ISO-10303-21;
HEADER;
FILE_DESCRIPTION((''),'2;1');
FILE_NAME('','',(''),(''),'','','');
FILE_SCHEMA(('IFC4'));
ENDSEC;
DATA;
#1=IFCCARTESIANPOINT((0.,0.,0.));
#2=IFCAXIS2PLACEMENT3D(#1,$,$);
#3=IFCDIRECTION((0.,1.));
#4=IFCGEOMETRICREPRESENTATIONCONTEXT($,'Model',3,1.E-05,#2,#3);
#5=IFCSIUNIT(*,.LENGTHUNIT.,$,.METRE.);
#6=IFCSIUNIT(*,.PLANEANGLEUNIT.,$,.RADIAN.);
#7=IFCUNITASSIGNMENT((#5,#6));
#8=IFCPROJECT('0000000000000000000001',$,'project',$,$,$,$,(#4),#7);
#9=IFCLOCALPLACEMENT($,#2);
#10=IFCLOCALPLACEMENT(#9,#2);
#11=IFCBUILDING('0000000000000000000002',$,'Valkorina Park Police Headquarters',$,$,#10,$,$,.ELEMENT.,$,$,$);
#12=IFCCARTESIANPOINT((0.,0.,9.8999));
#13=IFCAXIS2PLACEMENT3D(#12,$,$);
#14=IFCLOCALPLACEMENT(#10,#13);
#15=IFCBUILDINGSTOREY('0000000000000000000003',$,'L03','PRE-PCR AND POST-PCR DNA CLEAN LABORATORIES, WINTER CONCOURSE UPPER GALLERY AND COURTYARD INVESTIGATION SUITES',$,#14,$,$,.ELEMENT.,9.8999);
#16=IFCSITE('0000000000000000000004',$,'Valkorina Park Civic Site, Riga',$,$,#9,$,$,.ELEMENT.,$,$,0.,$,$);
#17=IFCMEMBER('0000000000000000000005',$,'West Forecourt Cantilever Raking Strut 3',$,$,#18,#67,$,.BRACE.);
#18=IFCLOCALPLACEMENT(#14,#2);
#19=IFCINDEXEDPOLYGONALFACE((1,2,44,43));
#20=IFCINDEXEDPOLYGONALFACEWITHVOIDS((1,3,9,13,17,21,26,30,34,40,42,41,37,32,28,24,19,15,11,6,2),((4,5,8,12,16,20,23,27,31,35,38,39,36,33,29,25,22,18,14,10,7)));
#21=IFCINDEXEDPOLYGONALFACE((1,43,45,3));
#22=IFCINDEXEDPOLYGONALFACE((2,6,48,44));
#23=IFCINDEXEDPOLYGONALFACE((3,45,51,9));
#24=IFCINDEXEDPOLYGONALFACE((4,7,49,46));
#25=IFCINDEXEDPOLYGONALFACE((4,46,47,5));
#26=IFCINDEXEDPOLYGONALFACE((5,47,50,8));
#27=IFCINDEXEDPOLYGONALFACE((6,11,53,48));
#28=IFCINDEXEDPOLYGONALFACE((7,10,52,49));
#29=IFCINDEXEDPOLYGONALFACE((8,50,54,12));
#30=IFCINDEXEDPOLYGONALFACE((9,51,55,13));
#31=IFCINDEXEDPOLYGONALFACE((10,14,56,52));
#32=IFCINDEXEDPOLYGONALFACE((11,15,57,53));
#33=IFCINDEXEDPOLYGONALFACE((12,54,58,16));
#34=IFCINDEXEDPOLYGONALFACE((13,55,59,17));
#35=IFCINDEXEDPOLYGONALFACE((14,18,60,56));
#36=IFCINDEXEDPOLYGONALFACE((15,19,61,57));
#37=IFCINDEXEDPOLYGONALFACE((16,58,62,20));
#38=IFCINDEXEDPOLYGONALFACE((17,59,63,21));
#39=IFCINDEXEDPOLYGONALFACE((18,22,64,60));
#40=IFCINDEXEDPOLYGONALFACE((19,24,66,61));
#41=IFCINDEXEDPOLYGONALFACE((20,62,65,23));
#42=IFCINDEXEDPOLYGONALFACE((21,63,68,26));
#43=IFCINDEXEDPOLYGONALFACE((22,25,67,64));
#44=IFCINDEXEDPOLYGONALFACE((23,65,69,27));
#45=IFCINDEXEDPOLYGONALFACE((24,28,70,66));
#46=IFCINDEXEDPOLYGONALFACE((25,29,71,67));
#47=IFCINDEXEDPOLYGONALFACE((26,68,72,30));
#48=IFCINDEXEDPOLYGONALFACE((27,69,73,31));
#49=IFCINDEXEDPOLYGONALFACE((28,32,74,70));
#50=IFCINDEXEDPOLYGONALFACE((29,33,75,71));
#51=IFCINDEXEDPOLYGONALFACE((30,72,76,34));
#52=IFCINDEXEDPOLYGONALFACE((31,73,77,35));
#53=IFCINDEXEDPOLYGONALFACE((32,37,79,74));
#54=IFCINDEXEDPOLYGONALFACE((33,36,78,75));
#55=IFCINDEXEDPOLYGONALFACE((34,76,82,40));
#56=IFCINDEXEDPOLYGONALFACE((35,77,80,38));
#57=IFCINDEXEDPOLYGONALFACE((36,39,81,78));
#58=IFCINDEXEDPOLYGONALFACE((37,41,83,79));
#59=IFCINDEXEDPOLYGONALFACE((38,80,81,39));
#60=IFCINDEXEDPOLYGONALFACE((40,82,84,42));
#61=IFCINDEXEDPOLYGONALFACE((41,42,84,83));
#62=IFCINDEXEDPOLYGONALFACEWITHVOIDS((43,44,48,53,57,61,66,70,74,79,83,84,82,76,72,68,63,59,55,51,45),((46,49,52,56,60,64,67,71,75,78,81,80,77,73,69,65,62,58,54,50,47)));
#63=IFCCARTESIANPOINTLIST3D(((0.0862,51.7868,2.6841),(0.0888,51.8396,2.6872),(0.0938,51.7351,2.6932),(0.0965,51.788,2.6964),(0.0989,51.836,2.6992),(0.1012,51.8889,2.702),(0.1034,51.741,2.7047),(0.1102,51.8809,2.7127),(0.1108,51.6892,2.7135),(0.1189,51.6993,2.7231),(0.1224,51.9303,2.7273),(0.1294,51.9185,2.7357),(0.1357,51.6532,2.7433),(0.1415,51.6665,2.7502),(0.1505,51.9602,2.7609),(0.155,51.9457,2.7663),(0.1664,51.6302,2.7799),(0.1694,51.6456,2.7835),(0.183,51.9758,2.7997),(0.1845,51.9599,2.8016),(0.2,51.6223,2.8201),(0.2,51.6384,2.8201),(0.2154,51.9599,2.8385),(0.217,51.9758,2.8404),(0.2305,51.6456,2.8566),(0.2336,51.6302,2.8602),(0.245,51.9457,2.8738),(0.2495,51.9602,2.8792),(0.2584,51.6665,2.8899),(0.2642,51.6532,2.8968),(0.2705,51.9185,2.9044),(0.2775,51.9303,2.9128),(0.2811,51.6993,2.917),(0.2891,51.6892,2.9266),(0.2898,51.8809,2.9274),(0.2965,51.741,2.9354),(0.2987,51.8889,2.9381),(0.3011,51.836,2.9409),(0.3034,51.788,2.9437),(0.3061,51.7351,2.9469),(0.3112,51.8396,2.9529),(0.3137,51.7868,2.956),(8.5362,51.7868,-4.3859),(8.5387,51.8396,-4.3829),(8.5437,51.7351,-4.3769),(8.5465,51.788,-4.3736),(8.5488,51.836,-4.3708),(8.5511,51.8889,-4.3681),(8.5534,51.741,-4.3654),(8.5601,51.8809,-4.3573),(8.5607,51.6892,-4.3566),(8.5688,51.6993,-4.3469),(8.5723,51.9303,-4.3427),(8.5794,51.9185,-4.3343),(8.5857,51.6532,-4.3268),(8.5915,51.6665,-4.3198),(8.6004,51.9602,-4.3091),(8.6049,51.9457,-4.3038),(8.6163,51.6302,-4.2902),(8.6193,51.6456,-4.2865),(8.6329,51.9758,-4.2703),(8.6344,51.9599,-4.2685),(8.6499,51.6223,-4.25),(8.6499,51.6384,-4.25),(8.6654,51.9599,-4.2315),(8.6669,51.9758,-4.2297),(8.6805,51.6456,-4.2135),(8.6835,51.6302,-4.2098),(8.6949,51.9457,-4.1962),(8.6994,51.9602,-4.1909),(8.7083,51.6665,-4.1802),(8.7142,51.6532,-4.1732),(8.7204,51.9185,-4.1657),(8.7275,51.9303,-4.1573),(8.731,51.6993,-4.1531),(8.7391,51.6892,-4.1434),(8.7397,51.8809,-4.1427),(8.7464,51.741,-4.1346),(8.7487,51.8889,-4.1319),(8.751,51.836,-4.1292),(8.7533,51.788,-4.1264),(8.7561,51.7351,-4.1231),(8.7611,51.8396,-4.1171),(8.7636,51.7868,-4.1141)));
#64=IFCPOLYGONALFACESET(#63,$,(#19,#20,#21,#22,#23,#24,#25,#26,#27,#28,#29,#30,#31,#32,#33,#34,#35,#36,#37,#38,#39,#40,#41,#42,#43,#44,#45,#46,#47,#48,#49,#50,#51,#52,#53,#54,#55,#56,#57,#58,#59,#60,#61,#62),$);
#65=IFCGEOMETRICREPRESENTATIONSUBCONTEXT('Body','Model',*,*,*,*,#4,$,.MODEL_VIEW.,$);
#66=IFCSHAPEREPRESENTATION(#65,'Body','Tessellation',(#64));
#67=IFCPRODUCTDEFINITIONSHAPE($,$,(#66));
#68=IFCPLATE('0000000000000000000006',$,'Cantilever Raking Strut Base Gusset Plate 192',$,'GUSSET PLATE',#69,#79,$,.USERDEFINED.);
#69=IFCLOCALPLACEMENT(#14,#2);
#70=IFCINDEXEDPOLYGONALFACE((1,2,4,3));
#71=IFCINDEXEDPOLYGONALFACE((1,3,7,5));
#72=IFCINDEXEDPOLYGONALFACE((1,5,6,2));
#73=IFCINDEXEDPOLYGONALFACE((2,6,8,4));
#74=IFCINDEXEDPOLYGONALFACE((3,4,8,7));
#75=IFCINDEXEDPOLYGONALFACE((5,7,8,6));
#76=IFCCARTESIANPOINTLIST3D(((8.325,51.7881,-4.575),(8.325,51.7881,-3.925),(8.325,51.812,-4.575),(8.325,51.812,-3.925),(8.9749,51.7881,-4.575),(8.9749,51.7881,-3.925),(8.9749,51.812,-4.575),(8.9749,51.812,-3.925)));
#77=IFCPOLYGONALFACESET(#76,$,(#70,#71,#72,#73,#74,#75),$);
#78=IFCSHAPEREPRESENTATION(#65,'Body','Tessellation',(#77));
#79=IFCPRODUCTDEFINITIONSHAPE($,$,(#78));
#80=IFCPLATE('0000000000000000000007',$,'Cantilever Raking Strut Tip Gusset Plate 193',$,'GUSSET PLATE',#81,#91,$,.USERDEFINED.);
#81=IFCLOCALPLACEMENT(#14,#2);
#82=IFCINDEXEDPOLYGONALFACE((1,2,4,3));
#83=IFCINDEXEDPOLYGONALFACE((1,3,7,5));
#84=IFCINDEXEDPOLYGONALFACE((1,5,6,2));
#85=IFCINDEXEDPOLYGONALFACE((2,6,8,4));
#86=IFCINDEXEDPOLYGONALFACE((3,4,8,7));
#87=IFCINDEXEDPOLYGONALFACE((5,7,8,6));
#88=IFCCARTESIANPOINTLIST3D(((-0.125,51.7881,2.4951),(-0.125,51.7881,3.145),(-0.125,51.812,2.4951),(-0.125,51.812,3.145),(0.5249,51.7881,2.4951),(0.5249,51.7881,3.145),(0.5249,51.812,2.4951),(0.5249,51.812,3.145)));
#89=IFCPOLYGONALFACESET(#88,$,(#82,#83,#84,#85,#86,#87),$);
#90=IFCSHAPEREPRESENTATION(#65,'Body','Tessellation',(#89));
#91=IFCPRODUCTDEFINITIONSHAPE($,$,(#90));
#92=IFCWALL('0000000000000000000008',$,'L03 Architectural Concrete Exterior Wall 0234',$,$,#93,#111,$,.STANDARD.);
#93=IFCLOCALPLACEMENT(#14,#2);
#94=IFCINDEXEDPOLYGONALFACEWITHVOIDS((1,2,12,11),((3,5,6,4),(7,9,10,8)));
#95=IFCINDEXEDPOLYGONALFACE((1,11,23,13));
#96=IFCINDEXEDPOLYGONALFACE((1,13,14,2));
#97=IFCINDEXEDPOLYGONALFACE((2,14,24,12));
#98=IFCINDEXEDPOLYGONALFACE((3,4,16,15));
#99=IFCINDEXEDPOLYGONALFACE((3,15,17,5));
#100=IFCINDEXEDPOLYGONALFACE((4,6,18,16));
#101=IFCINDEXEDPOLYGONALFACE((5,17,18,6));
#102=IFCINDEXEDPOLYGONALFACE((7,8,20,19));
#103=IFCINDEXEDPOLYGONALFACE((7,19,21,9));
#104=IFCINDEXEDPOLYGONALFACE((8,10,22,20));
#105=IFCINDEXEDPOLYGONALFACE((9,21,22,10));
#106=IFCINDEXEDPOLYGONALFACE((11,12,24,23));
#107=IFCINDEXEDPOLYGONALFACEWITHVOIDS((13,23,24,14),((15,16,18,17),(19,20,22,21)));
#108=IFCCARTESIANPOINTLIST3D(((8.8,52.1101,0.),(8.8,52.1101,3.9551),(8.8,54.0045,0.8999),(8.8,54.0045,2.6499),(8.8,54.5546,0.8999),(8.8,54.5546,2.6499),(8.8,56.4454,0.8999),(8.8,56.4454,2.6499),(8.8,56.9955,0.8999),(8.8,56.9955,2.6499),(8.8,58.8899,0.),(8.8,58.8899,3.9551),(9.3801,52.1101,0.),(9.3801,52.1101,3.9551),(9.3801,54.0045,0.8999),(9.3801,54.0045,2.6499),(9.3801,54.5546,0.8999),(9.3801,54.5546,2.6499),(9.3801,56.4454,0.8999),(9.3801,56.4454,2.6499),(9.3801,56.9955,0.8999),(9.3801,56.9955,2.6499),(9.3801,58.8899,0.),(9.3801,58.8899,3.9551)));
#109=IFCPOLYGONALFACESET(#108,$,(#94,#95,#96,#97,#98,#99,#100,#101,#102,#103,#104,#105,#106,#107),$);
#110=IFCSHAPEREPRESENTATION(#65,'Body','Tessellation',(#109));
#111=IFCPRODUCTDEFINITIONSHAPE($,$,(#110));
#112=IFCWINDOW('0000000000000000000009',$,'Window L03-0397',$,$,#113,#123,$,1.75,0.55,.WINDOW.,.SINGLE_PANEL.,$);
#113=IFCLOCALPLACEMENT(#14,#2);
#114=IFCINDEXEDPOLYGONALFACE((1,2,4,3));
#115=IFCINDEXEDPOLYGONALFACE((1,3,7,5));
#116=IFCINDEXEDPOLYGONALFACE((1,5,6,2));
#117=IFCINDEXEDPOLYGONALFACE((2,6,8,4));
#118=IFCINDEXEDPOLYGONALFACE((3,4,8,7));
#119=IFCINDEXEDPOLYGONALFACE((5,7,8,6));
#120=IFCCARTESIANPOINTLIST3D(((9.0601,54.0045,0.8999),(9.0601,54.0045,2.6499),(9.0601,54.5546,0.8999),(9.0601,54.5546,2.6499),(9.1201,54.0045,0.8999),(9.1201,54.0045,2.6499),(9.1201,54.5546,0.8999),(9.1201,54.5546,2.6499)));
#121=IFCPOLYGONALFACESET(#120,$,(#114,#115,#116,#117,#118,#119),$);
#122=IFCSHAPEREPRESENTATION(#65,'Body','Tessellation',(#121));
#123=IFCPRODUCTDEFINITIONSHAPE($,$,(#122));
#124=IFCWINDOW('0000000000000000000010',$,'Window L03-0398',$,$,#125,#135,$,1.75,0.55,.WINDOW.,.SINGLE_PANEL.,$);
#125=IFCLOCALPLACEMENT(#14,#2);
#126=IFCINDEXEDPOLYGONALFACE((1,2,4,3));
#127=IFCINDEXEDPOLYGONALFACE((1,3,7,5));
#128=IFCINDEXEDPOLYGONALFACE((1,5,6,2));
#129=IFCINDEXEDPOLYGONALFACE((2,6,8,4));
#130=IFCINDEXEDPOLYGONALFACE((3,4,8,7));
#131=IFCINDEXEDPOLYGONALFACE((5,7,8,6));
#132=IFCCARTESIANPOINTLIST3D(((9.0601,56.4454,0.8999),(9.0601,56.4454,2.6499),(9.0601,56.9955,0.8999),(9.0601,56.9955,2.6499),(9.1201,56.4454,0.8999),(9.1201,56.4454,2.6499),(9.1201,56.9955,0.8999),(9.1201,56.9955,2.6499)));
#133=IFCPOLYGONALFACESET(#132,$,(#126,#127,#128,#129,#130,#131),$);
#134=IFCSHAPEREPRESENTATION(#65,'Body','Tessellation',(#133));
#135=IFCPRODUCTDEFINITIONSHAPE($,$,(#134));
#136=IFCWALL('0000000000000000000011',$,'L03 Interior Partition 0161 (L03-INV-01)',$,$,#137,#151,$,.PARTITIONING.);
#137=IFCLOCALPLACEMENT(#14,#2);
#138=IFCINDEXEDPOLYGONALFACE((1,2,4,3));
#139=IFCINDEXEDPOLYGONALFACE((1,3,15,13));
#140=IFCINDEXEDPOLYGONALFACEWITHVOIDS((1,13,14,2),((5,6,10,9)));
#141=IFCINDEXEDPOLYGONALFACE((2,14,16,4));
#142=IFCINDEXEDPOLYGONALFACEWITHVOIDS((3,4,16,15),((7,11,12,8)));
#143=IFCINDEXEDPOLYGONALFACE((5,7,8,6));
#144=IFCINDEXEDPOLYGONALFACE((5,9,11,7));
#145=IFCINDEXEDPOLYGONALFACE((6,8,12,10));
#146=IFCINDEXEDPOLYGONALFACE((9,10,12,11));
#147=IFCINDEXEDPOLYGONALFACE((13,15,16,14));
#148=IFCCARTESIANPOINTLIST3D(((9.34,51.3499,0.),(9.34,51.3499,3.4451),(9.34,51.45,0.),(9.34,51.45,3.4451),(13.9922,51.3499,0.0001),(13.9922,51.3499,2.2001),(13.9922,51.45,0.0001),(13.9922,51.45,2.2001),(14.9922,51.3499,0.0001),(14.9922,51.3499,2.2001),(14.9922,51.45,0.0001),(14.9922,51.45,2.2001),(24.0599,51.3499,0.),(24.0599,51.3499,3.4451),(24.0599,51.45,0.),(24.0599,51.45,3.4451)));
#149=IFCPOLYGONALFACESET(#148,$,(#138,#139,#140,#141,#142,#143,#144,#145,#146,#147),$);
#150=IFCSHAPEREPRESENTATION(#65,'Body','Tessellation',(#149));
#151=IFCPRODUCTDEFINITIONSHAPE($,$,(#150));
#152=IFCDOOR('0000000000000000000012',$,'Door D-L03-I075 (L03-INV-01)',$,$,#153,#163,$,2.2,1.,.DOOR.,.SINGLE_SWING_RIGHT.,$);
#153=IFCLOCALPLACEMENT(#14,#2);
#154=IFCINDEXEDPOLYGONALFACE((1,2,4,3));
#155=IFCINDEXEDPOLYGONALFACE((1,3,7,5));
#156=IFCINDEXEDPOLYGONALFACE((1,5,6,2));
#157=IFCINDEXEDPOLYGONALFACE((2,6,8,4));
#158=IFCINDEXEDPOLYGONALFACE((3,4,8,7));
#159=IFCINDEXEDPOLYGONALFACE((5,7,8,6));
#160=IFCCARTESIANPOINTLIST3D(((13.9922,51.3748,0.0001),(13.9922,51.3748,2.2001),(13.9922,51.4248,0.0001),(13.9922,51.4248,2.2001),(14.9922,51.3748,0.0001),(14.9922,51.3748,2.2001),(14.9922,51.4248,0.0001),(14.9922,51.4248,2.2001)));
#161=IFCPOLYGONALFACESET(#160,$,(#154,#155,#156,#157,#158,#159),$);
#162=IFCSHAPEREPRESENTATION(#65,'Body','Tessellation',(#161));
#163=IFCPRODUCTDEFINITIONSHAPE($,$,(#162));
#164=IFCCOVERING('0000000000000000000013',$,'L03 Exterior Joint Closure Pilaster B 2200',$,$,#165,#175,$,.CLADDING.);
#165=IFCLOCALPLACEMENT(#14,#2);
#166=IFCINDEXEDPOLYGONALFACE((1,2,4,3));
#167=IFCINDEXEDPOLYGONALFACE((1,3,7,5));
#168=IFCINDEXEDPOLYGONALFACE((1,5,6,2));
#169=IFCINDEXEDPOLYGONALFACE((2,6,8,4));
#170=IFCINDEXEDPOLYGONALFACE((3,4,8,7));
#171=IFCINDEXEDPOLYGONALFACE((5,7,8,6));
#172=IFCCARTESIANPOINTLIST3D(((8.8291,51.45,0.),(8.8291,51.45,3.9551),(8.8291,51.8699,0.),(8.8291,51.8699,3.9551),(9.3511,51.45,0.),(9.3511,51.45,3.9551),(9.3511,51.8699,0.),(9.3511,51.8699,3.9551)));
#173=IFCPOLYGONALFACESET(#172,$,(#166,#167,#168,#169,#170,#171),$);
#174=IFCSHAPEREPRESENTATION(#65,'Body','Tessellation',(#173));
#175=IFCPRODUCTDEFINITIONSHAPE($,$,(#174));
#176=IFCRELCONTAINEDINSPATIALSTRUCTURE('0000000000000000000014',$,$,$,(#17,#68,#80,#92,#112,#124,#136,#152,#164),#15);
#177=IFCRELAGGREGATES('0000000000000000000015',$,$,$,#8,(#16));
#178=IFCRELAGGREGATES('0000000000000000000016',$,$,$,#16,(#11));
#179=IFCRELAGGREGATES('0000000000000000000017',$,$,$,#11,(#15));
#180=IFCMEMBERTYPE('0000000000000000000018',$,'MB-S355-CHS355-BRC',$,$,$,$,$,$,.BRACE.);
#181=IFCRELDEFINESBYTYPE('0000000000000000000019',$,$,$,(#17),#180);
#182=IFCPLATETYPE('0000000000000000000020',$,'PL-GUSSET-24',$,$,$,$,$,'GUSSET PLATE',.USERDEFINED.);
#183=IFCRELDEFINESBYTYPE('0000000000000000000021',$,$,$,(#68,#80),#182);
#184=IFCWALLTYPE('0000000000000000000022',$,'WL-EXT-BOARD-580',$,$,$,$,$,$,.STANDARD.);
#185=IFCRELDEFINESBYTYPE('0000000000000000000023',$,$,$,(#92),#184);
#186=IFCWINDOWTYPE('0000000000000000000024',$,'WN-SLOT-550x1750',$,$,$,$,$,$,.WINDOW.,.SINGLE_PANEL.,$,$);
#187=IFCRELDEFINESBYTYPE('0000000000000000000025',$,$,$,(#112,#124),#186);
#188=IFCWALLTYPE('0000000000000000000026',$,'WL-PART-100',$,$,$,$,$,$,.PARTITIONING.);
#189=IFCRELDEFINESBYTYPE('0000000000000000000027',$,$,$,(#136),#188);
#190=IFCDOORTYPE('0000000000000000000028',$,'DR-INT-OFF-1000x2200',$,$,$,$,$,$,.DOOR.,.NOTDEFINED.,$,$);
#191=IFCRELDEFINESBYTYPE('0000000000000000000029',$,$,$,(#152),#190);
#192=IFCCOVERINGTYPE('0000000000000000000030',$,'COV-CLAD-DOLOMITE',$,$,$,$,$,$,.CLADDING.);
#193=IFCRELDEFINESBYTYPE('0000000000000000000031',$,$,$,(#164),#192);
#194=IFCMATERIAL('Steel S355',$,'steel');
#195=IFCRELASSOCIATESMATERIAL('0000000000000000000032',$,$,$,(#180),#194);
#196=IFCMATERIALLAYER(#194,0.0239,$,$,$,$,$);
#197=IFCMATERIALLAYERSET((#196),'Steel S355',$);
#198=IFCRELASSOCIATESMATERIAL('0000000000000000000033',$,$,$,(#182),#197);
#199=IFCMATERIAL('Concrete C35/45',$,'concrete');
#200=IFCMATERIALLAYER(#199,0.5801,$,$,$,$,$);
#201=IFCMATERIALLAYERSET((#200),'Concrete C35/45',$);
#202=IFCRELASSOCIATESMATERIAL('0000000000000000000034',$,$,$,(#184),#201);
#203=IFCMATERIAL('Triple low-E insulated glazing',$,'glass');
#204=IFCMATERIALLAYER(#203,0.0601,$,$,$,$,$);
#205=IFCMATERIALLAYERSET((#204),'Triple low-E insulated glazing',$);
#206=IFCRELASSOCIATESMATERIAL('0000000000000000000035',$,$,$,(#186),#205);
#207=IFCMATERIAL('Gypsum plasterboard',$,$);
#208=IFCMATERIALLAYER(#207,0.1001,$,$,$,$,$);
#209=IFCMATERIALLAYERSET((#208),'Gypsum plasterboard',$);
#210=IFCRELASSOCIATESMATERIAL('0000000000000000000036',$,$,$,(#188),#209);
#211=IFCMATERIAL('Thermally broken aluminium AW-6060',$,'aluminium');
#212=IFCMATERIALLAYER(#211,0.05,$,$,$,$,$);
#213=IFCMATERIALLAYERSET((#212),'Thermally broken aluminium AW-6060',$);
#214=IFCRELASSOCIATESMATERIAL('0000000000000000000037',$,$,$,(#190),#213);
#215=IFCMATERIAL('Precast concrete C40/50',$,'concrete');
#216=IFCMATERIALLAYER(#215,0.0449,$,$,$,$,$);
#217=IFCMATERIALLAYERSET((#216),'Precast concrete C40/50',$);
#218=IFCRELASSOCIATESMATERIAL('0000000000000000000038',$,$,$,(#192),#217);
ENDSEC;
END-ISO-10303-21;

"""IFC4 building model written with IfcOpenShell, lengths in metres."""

from ifc_helpers import new_model, si_unit, direction, frame, frame_2d, origin, origin_2d, place, context, subcontext, project, spatial, rectangle, hollow_circle, extrude, material, layer, layer_set, material_profile, profile_set, type_object, element, fill, save


model = new_model("IFC4")

# Units and contexts
model_context = context("Model", 3, precision=1e-05, world=origin(), true_north=direction((0.0, 1.0)))
body_context = subcontext(model_context, "Body", "Model", "MODEL_VIEW")
ifc_project = project(units=[si_unit("LENGTHUNIT", "METRE"), si_unit("PLANEANGLEUNIT", "RADIAN")], contexts=[model_context])

# Site, building, storey
site_placement = place(None, origin())
site = spatial("IfcSite", under=ifc_project, at=site_placement, Name="Valkorina Park Civic Site, Riga", CompositionType="ELEMENT", RefElevation=0.0)
building_placement = place(site_placement, origin())
building = spatial("IfcBuilding", under=site, at=building_placement, Name="Valkorina Park Police Headquarters", CompositionType="ELEMENT")
storey_placement = place(building_placement, frame((0.0, 0.0, 9.8999)))
storey = spatial("IfcBuildingStorey", under=building, at=storey_placement, Name="L03", Description="PRE-PCR AND POST-PCR DNA CLEAN LABORATORIES, WINTER CONCOURSE UPPER GALLERY AND COURTYARD INVESTIGATION SUITES", CompositionType="ELEMENT", Elevation=9.8999)

# Shared definitions
ifc_material_1 = material(Name="Steel S355", Category="steel")

# Member
ifc_material_profile_1 = material_profile(ifc_material_1, hollow_circle(Radius=0.1777, WallThickness=0.0161, at=origin_2d()), Name="CHS 355.6x16")
ifc_profile_set_1 = profile_set([ifc_material_profile_1], Name="Steel S355")
member_type = type_object("IfcMemberType", Name="MB-S355-CHS355-BRC", PredefinedType="BRACE", material=ifc_profile_set_1)
member_placement = place(storey_placement, frame((8.6499, 51.8, -4.25), z_axis=(-0.76695, 0.0, 0.641707), x_axis=(0.0, -1.0, 0.0)))
element("IfcMember", 1, at=member_placement, inside=storey, type_object=member_type, Name="West Forecourt Cantilever Raking Strut 3", PredefinedType="BRACE", context=body_context, shape_type="SweptSolid", body=[
    extrude(hollow_circle(Radius=0.1777, WallThickness=0.0161, at=origin_2d()), origin(), (0.0, 0.0, 1.0), 11.0176),
])

# Plates
ifc_layer_1 = layer(ifc_material_1, 0.0239)
ifc_layer_set_1 = layer_set([ifc_layer_1], Name="Steel S355")
plate_type = type_object("IfcPlateType", Name="PL-GUSSET-24", ElementType="GUSSET PLATE", PredefinedType="USERDEFINED", material=ifc_layer_set_1)
for number, where, z_axis, x_axis, name in (
    (2, (8.6499, 51.8, -4.575), (0.0, 0.0, 1.0), (1.0, 0.0, 0.0), "Cantilever Raking Strut Base Gusset Plate 192"),
    (3, (0.2, 51.8, 2.4951), (0.0, 0.0, 1.0), (1.0, 0.0, 0.0), "Cantilever Raking Strut Tip Gusset Plate 193"),
):
    element("IfcPlate", number, at=place(storey_placement, frame(where, z_axis=z_axis, x_axis=x_axis)), inside=storey, type_object=plate_type, Name=name, ObjectType="GUSSET PLATE", PredefinedType="USERDEFINED", context=body_context, shape_type="SweptSolid", body=[
        extrude(rectangle(XDim=0.6499, YDim=0.0239, at=origin_2d()), origin(), (0.0, 0.0, 1.0), 0.6499),
    ])

# Wall, openings, windows
ifc_material_2 = material(Name="Concrete C35/45", Category="concrete")
ifc_layer_2 = layer(ifc_material_2, 0.5801)
ifc_layer_set_2 = layer_set([ifc_layer_2], Name="Concrete C35/45")
wall_type_1 = type_object("IfcWallType", Name="WL-EXT-BOARD-580", PredefinedType="STANDARD", material=ifc_layer_set_2)
wall_1_placement = place(storey_placement, frame((9.0901, 52.1101, 0.0), z_axis=(0.0, 0.0, 1.0), x_axis=(0.0, 1.0, 0.0)))
wall_1 = element("IfcWall", 4, at=wall_1_placement, inside=storey, type_object=wall_type_1, Name="L03 Architectural Concrete Exterior Wall 0234", PredefinedType="STANDARD", context=body_context, shape_type="SweptSolid", body=[
    extrude(rectangle(XDim=6.7798, YDim=0.5801, at=frame_2d((3.3899, 0.0))), origin(), (0.0, 0.0, 1.0), 3.9551),
])
opening_1_placement = place(wall_1_placement, frame((1.8945, 0.0, 0.8999)))
opening_1 = element("IfcOpeningElement", 5, at=opening_1_placement, cuts=wall_1, PredefinedType="OPENING", context=body_context, shape_type="SweptSolid", body=[
    extrude(rectangle(XDim=0.55, YDim=1.75, at=frame_2d((0.2749, 0.875))), frame((0.0, 0.3, 0.0), z_axis=(0.0, -1.0, 0.0), x_axis=(1.0, 0.0, 0.0)), (0.0, 0.0, 1.0), 0.6001),
])
opening_2_placement = place(wall_1_placement, frame((4.3354, 0.0, 0.8999)))
opening_2 = element("IfcOpeningElement", 6, at=opening_2_placement, cuts=wall_1, PredefinedType="OPENING", context=body_context, shape_type="SweptSolid", body=[
    extrude(rectangle(XDim=0.55, YDim=1.75, at=frame_2d((0.2749, 0.875))), frame((0.0, 0.3, 0.0), z_axis=(0.0, -1.0, 0.0), x_axis=(1.0, 0.0, 0.0)), (0.0, 0.0, 1.0), 0.6001),
])
ifc_material_3 = material(Name="Triple low-E insulated glazing", Category="glass")
ifc_layer_3 = layer(ifc_material_3, 0.0601)
ifc_layer_set_3 = layer_set([ifc_layer_3], Name="Triple low-E insulated glazing")
window_type = type_object("IfcWindowType", Name="WN-SLOT-550x1750", PartitioningType="SINGLE_PANEL", PredefinedType="WINDOW", material=ifc_layer_set_3)
window_1_placement = place(opening_1_placement, origin())
window_1 = element("IfcWindow", 7, at=window_1_placement, inside=storey, type_object=window_type, Name="Window L03-0397", OverallHeight=1.75, OverallWidth=0.55, PartitioningType="SINGLE_PANEL", PredefinedType="WINDOW", context=body_context, shape_type="SweptSolid", body=[
    extrude(rectangle(XDim=0.55, YDim=1.75, at=frame_2d((0.2749, 0.875))), frame((0.0, 0.03, 0.0), z_axis=(0.0, -1.0, 0.0), x_axis=(1.0, 0.0, 0.0)), (0.0, 0.0, 1.0), 0.0601),
])
fill(opening_1, window_1)
window_2_placement = place(opening_2_placement, origin())
window_2 = element("IfcWindow", 8, at=window_2_placement, inside=storey, type_object=window_type, Name="Window L03-0398", OverallHeight=1.75, OverallWidth=0.55, PartitioningType="SINGLE_PANEL", PredefinedType="WINDOW", context=body_context, shape_type="SweptSolid", body=[
    extrude(rectangle(XDim=0.55, YDim=1.75, at=frame_2d((0.2749, 0.875))), frame((0.0, 0.03, 0.0), z_axis=(0.0, -1.0, 0.0), x_axis=(1.0, 0.0, 0.0)), (0.0, 0.0, 1.0), 0.0601),
])
fill(opening_2, window_2)

# Wall, opening, door
ifc_material_4 = material(Name="Gypsum plasterboard")
ifc_layer_4 = layer(ifc_material_4, 0.1001)
ifc_layer_set_4 = layer_set([ifc_layer_4], Name="Gypsum plasterboard")
wall_type_2 = type_object("IfcWallType", Name="WL-PART-100", PredefinedType="PARTITIONING", material=ifc_layer_set_4)
wall_2_placement = place(storey_placement, frame((9.3401, 51.3999, 0.0), z_axis=(0.0, 0.0, 1.0), x_axis=(1.0, 0.0, 0.0)))
wall_2 = element("IfcWall", 9, at=wall_2_placement, inside=storey, type_object=wall_type_2, Name="L03 Interior Partition 0161 (L03-INV-01)", PredefinedType="PARTITIONING", context=body_context, shape_type="SweptSolid", body=[
    extrude(rectangle(XDim=14.72, YDim=0.1001, at=frame_2d((7.3599, 0.0))), origin(), (0.0, 0.0, 1.0), 3.4451),
])
opening_3_placement = place(wall_2_placement, frame((4.6521, 0.0, 0.0)))
opening_3 = element("IfcOpeningElement", 10, at=opening_3_placement, cuts=wall_2, PredefinedType="OPENING", context=body_context, shape_type="SweptSolid", body=[
    extrude(rectangle(XDim=1.0, YDim=2.2, at=frame_2d((0.5, 1.1001))), frame((0.0, 0.0601, 0.0), z_axis=(0.0, -1.0, 0.0), x_axis=(1.0, 0.0, 0.0)), (0.0, 0.0, 1.0), 0.1201),
])
ifc_material_5 = material(Name="Thermally broken aluminium AW-6060", Category="aluminium")
ifc_layer_5 = layer(ifc_material_5, 0.05)
ifc_layer_set_5 = layer_set([ifc_layer_5], Name="Thermally broken aluminium AW-6060")
door_type = type_object("IfcDoorType", Name="DR-INT-OFF-1000x2200", OperationType="NOTDEFINED", PredefinedType="DOOR", material=ifc_layer_set_5)
door_placement = place(opening_3_placement, origin())
door = element("IfcDoor", 11, at=door_placement, inside=storey, type_object=door_type, Name="Door D-L03-I075 (L03-INV-01)", OperationType="SINGLE_SWING_RIGHT", OverallHeight=2.2, OverallWidth=1.0, PredefinedType="DOOR", context=body_context, shape_type="SweptSolid", body=[
    extrude(rectangle(XDim=1.0, YDim=2.2, at=frame_2d((0.5, 1.1001))), frame((0.0, 0.0249, 0.0), z_axis=(0.0, -1.0, 0.0), x_axis=(1.0, 0.0, 0.0)), (0.0, 0.0, 1.0), 0.05),
])
fill(opening_3, door)

# Covering
ifc_material_6 = material(Name="Precast concrete C40/50", Category="concrete")
ifc_layer_6 = layer(ifc_material_6, 0.0449)
ifc_layer_set_6 = layer_set([ifc_layer_6], Name="Precast concrete C40/50")
covering_type = type_object("IfcCoveringType", Name="COV-CLAD-DOLOMITE", PredefinedType="CLADDING", material=ifc_layer_set_6)
covering_1_placement = place(storey_placement, frame((9.0901, 51.6599, 0.0), z_axis=(0.0, 0.0, 1.0), x_axis=(0.0, 1.0, 0.0)))
element("IfcCovering", 12, at=covering_1_placement, inside=storey, type_object=covering_type, Name="L03 Exterior Joint Closure Pilaster B 2200", PredefinedType="CLADDING", context=body_context, shape_type="SweptSolid", body=[
    extrude(rectangle(XDim=0.4199, YDim=0.522, at=origin_2d()), origin(), (0.0, 0.0, 1.0), 3.9551),
])

save(model, "model.ifc")
